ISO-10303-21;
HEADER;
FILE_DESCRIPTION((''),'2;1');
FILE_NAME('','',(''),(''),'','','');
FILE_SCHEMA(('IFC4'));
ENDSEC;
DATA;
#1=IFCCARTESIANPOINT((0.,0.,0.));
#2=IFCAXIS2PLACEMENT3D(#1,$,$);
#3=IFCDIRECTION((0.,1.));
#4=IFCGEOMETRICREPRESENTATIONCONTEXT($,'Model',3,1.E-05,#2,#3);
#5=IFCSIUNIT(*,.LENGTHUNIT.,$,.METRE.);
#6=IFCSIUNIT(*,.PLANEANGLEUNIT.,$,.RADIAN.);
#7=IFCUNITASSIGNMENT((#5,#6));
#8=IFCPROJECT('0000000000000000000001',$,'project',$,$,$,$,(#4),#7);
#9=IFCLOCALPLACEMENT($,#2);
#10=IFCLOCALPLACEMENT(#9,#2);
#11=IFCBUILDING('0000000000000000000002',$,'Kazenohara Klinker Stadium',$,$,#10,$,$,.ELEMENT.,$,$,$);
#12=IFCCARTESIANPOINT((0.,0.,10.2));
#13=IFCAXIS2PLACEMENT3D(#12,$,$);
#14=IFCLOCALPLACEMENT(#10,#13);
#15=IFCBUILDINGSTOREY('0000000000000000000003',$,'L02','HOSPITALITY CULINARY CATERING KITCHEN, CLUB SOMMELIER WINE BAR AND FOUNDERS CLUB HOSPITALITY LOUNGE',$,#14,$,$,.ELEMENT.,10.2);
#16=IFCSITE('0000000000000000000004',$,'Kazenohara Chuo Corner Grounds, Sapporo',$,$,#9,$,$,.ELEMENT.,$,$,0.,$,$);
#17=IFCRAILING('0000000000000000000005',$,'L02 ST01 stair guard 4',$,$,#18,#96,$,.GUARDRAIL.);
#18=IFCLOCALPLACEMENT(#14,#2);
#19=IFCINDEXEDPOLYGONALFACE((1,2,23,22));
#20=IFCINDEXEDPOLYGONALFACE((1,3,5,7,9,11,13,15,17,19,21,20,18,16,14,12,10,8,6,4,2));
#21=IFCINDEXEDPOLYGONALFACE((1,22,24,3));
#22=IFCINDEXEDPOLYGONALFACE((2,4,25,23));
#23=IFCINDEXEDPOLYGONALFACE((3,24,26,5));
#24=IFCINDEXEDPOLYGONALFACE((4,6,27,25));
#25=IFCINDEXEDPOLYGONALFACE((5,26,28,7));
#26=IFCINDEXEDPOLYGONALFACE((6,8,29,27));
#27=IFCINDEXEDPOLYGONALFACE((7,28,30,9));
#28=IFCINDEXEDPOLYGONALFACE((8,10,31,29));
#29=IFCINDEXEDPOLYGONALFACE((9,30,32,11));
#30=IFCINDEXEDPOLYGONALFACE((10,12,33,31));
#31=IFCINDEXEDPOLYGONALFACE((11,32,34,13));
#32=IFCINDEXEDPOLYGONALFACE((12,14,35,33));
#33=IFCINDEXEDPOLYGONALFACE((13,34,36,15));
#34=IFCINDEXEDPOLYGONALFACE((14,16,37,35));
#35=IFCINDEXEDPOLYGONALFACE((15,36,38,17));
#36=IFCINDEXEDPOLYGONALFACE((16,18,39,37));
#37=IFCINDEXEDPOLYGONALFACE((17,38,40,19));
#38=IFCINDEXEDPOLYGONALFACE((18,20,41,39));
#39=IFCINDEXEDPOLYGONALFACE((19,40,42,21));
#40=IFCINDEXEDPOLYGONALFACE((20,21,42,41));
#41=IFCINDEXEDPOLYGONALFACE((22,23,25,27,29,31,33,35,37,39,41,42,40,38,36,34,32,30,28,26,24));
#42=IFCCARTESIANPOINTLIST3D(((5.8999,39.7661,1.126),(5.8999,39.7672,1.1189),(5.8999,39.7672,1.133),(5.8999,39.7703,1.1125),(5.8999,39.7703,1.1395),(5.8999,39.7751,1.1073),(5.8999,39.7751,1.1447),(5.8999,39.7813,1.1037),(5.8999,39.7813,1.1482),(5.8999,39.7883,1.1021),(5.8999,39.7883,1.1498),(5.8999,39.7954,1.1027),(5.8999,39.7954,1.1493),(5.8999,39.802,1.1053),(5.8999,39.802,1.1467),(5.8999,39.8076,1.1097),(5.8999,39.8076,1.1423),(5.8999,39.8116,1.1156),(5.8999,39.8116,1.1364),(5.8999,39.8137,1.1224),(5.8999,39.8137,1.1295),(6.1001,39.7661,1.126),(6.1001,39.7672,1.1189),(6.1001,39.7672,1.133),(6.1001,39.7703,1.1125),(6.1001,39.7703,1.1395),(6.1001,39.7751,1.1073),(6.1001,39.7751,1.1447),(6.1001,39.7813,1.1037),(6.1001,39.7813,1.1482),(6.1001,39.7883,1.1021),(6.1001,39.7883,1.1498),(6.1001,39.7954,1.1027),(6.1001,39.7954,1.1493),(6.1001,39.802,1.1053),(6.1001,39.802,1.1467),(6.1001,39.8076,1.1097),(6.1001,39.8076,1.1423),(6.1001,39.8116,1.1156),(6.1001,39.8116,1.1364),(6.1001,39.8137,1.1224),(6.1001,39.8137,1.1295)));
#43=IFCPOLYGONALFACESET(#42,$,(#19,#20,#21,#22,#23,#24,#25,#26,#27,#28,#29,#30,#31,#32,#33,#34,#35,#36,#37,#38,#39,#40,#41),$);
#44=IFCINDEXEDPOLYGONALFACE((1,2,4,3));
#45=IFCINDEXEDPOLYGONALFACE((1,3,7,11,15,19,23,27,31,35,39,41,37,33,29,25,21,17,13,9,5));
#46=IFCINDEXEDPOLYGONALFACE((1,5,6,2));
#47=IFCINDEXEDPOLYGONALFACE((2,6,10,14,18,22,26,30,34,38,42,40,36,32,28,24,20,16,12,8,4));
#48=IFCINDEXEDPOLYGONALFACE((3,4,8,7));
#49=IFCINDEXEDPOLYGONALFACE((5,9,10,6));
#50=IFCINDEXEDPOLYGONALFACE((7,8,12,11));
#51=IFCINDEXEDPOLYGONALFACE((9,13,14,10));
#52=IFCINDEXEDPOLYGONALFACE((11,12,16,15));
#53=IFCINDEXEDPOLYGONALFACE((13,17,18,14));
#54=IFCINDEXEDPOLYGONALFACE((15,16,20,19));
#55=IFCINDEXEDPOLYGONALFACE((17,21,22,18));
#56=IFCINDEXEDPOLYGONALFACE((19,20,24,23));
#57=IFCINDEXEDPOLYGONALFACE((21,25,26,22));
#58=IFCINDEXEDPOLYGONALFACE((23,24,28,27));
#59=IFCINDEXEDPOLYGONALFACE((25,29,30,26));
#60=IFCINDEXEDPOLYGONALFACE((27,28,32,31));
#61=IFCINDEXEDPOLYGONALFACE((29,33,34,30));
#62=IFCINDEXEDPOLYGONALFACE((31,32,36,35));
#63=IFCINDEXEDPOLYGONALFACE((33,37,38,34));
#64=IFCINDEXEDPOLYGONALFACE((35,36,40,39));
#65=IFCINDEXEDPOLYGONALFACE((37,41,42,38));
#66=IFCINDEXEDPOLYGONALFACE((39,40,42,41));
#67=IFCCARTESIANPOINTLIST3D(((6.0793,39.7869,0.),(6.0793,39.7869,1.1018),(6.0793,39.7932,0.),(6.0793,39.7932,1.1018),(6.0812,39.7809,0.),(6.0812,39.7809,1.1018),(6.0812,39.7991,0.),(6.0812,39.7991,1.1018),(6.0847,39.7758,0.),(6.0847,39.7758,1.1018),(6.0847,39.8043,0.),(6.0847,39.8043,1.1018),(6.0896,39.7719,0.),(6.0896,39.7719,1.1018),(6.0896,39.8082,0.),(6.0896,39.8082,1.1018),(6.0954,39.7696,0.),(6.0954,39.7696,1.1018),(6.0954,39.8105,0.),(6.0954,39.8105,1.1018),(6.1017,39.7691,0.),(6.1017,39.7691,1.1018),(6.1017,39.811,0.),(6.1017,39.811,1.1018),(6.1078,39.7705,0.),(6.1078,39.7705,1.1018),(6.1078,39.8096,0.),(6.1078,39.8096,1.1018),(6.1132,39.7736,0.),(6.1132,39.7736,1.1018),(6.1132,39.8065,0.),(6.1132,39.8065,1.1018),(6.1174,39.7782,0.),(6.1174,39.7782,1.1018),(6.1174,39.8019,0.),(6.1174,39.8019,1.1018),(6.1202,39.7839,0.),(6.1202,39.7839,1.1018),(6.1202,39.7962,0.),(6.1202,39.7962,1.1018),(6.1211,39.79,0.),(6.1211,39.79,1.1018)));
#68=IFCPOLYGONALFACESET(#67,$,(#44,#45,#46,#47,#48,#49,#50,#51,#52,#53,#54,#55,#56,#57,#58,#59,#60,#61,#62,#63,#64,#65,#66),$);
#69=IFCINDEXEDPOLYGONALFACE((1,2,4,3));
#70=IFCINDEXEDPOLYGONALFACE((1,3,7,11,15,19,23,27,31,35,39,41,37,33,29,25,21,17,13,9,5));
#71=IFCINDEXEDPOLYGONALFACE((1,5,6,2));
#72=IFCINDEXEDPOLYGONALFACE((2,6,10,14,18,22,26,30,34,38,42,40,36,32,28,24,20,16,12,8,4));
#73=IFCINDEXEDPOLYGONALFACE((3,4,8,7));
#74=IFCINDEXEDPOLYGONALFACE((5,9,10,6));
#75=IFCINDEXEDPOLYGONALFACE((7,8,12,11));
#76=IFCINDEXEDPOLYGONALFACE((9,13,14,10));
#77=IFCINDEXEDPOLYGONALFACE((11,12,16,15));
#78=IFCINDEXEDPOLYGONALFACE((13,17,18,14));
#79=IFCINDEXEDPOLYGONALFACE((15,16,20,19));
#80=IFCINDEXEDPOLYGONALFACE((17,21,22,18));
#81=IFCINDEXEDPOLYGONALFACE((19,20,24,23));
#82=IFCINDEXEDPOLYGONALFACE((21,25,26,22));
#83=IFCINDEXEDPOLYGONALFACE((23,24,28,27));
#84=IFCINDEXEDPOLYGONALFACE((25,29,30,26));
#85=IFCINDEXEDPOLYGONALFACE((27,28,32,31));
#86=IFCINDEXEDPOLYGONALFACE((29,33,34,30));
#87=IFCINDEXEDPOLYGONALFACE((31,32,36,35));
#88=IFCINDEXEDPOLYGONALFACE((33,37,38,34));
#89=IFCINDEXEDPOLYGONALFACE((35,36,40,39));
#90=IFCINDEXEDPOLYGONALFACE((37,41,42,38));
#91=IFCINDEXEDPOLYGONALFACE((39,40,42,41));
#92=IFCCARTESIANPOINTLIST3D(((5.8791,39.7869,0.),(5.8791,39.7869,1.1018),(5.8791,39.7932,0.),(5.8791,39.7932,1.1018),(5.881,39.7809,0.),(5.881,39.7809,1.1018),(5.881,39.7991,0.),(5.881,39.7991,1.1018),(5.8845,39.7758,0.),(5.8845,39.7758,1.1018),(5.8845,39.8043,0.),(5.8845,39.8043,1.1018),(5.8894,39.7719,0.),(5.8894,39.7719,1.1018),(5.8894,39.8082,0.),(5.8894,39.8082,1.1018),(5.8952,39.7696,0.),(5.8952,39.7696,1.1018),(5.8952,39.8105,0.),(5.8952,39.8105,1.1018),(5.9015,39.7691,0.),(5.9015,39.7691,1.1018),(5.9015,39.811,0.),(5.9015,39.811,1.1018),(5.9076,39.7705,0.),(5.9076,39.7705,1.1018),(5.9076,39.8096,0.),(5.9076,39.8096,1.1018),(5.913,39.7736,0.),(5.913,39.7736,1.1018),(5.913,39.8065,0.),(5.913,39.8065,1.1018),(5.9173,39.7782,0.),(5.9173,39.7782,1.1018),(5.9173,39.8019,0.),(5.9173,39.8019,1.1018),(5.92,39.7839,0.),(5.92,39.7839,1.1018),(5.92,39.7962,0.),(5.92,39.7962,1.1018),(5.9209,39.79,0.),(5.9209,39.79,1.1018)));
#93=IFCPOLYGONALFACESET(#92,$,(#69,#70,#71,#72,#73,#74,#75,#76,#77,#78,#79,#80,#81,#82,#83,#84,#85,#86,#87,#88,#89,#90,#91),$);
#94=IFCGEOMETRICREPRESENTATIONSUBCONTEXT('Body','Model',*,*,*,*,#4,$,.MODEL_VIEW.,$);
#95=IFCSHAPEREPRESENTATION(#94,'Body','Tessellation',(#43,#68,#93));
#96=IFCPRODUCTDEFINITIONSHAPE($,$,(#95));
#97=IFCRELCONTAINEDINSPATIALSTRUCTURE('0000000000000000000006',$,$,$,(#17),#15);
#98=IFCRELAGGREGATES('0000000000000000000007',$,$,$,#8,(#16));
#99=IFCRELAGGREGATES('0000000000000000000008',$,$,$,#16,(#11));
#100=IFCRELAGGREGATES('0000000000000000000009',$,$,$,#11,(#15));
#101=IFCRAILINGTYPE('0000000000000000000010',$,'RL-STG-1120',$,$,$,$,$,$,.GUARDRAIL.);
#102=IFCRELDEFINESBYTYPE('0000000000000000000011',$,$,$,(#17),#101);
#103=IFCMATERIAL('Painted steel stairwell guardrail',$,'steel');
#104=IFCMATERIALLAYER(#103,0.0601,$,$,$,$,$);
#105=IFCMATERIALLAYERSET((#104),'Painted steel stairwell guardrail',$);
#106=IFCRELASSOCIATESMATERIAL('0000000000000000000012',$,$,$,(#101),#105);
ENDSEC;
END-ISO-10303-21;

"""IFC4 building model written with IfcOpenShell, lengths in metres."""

from ifc_helpers import new_model, si_unit, direction, frame, origin, origin_2d, place, context, subcontext, project, spatial, circle, extrude, material, layer, layer_set, type_object, element, save


model = new_model("IFC4")

# Units and contexts
model_context = context("Model", 3, precision=1e-05, world=origin(), true_north=direction((0.0, 1.0)))
body_context = subcontext(model_context, "Body", "Model", "MODEL_VIEW")
ifc_project = project(units=[si_unit("LENGTHUNIT", "METRE"), si_unit("PLANEANGLEUNIT", "RADIAN")], contexts=[model_context])

# Site, building, storey
site_placement = place(None, origin())
site = spatial("IfcSite", under=ifc_project, at=site_placement, Name="Kazenohara Chuo Corner Grounds, Sapporo", CompositionType="ELEMENT", RefElevation=0.0)
building_placement = place(site_placement, origin())
building = spatial("IfcBuilding", under=site, at=building_placement, Name="Kazenohara Klinker Stadium", CompositionType="ELEMENT")
storey_placement = place(building_placement, frame((0.0, 0.0, 10.2)))
storey = spatial("IfcBuildingStorey", under=building, at=storey_placement, Name="L02", Description="HOSPITALITY CULINARY CATERING KITCHEN, CLUB SOMMELIER WINE BAR AND FOUNDERS CLUB HOSPITALITY LOUNGE", CompositionType="ELEMENT", Elevation=10.2)

# Railing
ifc_material_1 = material(Name="Painted steel stairwell guardrail", Category="steel")
ifc_layer_1 = layer(ifc_material_1, 0.0601)
ifc_layer_set_1 = layer_set([ifc_layer_1], Name="Painted steel stairwell guardrail")
railing_type_1 = type_object("IfcRailingType", Name="RL-STG-1120", PredefinedType="GUARDRAIL", material=ifc_layer_set_1)
railing_1_placement = place(storey_placement, frame((6.1001, 39.79, 0.0)))
element("IfcRailing", 1, at=railing_1_placement, inside=storey, type_object=railing_type_1, Name="L02 ST01 stair guard 4", PredefinedType="GUARDRAIL", context=body_context, shape_type="SweptSolid", body=[
    extrude(circle(Radius=0.0239, at=origin_2d()), frame((0.0, 0.0, 1.126), z_axis=(-1.0, 0.0, 0.0), x_axis=(0.0, -1.0, 0.0)), (0.0, 0.0, 1.0), 0.2002),
    extrude(circle(Radius=0.021, at=origin_2d()), origin(), (0.0, 0.0, 1.0), 1.1018),
    extrude(circle(Radius=0.021, at=origin_2d()), frame((-0.2002, 0.0, 0.0)), (0.0, 0.0, 1.0), 1.1018),
])

save(model, "model.ifc")
